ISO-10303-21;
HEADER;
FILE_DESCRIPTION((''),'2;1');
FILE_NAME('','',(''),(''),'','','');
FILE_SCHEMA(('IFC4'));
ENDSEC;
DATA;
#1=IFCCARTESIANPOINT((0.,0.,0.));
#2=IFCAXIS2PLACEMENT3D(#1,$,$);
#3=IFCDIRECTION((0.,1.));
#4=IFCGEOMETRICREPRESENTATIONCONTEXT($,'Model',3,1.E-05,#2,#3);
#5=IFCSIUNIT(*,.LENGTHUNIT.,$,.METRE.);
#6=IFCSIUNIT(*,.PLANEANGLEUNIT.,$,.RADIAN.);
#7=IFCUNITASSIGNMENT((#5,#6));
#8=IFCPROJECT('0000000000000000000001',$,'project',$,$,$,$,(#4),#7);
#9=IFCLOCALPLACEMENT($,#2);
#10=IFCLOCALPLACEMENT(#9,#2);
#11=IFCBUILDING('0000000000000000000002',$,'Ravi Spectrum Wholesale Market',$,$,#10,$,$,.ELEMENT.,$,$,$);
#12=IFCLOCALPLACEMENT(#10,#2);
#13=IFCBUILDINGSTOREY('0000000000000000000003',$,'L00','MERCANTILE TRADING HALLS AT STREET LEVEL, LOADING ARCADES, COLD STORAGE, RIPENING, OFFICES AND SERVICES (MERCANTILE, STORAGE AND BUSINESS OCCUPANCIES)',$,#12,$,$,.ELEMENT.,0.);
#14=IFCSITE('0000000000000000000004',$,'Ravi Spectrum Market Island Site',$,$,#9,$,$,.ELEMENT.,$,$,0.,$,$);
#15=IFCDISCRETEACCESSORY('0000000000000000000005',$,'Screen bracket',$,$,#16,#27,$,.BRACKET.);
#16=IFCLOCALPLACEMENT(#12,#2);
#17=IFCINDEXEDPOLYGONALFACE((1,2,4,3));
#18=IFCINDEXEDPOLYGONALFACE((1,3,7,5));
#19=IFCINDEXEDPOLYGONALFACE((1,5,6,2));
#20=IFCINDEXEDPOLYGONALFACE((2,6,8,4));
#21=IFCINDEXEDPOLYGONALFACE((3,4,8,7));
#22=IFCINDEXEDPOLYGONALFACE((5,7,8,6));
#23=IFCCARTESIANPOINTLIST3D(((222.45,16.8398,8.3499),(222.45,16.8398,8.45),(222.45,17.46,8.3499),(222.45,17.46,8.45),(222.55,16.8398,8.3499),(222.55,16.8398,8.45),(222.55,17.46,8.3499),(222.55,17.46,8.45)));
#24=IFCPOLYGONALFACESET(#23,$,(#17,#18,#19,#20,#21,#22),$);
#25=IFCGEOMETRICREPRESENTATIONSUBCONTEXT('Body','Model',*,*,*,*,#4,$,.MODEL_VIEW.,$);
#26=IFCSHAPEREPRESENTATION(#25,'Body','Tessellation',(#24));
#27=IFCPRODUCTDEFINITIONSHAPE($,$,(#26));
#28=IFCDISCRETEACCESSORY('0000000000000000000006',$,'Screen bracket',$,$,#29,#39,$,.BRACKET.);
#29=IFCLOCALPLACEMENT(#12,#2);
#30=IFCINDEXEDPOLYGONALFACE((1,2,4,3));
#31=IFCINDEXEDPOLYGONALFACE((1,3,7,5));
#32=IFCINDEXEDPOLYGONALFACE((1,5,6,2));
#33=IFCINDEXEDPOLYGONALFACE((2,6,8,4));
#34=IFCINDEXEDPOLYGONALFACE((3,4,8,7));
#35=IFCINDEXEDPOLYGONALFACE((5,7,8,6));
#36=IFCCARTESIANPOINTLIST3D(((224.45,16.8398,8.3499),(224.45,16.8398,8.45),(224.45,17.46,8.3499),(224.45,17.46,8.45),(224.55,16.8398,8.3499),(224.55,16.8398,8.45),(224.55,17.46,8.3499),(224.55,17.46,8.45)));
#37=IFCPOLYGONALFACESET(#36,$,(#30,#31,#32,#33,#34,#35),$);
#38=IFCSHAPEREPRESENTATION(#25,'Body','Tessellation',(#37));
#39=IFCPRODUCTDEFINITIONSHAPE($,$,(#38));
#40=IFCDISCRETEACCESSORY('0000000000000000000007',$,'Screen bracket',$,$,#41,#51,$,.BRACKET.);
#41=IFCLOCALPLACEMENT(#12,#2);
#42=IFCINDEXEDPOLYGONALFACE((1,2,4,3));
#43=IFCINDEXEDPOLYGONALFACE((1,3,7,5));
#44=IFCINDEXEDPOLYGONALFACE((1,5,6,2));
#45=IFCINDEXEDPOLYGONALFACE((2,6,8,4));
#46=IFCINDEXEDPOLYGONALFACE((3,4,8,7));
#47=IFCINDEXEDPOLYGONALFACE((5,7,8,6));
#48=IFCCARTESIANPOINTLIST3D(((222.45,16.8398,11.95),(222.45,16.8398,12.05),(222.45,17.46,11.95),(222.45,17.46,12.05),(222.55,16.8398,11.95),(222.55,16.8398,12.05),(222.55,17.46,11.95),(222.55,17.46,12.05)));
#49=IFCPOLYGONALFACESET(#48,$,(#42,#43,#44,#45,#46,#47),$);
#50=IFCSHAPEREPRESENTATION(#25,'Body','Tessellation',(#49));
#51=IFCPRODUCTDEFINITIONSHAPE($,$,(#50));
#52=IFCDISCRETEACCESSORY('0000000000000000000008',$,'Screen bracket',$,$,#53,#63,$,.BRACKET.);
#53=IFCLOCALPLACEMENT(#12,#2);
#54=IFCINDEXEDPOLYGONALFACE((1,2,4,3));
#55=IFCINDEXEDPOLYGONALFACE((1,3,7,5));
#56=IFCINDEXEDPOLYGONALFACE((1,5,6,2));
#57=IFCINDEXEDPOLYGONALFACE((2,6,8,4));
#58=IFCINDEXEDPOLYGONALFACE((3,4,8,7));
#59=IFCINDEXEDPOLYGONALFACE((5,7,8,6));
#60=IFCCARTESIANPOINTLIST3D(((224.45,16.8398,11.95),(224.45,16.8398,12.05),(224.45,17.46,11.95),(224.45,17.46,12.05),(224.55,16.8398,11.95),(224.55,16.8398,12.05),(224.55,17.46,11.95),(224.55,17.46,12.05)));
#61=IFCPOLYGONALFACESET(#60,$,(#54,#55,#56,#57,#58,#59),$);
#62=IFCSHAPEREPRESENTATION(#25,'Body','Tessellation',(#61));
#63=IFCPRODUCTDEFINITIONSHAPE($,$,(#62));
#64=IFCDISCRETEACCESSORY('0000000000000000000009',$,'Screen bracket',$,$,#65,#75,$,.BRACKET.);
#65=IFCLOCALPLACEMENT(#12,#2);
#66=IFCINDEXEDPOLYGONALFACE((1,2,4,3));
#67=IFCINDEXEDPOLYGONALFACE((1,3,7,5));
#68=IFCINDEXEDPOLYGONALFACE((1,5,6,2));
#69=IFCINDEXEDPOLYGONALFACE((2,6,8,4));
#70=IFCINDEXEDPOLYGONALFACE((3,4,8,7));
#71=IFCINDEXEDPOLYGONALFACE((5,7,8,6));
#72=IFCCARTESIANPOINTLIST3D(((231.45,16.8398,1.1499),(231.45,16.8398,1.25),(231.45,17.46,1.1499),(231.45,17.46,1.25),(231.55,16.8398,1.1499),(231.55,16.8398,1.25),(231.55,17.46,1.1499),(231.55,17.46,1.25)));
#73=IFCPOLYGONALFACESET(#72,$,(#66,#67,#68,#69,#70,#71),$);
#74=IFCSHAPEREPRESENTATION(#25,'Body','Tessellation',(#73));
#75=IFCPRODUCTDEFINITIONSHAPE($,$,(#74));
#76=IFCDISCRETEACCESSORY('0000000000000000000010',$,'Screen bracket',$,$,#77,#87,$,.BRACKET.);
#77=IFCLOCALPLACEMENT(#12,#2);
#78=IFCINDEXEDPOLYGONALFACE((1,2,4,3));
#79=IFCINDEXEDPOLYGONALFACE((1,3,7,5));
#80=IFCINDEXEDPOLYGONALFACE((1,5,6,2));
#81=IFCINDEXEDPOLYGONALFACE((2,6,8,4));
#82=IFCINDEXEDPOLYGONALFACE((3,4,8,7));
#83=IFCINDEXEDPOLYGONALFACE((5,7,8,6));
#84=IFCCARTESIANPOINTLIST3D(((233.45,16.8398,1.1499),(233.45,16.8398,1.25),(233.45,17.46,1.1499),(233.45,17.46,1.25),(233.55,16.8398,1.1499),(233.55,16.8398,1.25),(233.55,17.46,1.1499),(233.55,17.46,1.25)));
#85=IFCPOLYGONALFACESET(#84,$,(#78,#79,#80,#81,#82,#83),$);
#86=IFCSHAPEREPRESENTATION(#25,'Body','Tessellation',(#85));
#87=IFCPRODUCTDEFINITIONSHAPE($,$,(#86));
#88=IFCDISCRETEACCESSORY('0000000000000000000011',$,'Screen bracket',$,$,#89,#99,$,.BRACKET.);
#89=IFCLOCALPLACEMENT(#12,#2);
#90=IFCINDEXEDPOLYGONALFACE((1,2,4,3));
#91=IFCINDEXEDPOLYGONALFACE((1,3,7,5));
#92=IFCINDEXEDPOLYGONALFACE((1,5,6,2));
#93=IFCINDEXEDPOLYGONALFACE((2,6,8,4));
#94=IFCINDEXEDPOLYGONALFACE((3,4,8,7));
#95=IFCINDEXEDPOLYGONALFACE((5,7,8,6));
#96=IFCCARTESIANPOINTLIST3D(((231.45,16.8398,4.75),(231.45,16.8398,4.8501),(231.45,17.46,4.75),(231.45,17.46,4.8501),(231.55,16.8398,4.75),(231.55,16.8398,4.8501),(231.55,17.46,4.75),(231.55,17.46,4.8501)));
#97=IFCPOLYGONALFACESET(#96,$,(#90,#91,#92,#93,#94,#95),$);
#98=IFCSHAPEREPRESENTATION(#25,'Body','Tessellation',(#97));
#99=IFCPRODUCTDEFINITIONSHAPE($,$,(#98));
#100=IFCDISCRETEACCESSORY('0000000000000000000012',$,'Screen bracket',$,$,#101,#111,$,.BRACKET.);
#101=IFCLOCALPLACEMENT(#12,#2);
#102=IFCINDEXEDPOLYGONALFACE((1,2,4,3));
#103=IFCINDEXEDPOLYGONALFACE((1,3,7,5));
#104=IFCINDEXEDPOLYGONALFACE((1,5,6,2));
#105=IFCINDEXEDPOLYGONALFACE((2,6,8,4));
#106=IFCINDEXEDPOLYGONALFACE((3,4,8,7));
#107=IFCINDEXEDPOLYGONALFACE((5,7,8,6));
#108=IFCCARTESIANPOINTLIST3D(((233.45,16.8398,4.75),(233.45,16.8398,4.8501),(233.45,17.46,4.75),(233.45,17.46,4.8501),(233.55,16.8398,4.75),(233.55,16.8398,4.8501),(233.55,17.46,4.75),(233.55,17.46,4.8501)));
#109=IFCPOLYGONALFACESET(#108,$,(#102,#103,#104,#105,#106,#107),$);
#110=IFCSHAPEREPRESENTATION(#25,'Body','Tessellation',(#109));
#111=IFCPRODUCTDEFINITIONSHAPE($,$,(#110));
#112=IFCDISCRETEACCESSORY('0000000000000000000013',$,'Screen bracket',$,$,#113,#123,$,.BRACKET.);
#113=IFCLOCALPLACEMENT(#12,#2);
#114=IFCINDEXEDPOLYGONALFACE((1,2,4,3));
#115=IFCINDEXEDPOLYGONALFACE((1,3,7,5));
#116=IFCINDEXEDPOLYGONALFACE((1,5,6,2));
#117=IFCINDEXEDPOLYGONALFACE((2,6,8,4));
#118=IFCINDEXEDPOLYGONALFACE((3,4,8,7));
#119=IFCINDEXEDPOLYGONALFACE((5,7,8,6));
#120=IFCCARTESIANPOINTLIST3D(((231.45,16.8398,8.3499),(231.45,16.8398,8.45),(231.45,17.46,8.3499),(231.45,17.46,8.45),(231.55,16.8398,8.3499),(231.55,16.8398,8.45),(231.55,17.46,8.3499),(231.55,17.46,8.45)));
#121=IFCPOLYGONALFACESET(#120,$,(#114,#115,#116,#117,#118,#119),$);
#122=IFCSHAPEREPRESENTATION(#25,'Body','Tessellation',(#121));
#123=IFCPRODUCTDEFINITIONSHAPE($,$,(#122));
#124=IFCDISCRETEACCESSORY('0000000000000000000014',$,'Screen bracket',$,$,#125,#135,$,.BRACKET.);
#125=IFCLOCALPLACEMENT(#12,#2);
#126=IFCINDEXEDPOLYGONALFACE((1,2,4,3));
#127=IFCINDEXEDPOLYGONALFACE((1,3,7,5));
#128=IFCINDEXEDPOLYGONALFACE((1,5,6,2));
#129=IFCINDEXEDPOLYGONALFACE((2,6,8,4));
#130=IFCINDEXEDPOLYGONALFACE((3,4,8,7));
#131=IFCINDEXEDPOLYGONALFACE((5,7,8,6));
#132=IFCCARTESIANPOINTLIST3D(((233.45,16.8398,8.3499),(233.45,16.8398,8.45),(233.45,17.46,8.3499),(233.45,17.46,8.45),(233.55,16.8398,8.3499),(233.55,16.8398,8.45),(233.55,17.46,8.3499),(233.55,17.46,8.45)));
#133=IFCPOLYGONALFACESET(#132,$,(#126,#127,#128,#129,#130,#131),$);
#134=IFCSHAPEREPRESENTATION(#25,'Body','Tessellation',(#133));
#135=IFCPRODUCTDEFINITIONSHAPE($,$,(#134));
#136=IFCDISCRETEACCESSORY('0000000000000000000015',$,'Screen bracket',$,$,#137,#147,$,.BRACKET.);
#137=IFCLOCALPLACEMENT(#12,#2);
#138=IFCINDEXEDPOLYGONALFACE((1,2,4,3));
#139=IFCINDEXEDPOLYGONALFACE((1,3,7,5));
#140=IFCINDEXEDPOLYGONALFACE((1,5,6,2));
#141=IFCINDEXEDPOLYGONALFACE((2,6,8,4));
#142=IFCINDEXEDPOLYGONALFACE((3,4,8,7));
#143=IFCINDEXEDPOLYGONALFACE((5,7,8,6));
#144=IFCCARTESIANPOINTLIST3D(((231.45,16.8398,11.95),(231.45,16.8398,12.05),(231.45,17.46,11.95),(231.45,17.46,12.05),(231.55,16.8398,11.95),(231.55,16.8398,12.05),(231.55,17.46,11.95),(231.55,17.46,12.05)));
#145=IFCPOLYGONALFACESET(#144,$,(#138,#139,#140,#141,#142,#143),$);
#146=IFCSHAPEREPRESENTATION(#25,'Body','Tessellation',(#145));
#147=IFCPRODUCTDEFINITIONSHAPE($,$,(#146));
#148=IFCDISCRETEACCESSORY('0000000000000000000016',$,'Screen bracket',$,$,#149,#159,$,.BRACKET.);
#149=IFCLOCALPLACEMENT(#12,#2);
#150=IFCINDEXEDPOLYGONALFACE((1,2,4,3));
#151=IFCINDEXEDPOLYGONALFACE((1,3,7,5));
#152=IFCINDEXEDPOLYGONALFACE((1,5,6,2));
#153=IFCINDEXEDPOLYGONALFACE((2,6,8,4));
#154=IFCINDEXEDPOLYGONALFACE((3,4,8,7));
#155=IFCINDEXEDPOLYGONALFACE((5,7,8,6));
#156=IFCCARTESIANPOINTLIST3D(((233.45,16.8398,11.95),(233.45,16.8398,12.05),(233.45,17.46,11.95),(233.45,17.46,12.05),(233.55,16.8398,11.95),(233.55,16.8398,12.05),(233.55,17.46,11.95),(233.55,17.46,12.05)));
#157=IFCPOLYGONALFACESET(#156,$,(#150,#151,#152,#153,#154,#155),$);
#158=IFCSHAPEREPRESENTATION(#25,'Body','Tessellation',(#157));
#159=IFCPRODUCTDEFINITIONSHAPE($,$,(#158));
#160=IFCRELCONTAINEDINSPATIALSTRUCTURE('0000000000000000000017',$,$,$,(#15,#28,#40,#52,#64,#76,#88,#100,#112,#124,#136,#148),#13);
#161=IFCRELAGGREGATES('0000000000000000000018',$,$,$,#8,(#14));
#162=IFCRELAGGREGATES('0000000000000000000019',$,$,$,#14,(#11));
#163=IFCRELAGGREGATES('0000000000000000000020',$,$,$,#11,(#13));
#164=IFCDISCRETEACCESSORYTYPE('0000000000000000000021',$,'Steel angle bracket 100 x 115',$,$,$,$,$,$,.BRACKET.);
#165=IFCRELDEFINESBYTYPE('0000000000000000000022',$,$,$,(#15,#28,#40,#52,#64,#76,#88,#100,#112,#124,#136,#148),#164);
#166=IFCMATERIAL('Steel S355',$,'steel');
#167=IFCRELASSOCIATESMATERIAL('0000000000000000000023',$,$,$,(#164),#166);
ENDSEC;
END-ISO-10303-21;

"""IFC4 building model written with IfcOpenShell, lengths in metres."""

from ifc_helpers import new_model, si_unit, direction, frame, origin, origin_2d, place, context, subcontext, project, spatial, rectangle, extrude, material, type_object, element, save


model = new_model("IFC4")

# Units and contexts
model_context = context("Model", 3, precision=1e-05, world=origin(), true_north=direction((0.0, 1.0)))
body_context = subcontext(model_context, "Body", "Model", "MODEL_VIEW")
ifc_project = project(units=[si_unit("LENGTHUNIT", "METRE"), si_unit("PLANEANGLEUNIT", "RADIAN")], contexts=[model_context])

# Site, building, storey
site_placement = place(None, origin())
site = spatial("IfcSite", under=ifc_project, at=site_placement, Name="Ravi Spectrum Market Island Site", CompositionType="ELEMENT", RefElevation=0.0)
building_placement = place(site_placement, origin())
building = spatial("IfcBuilding", under=site, at=building_placement, Name="Ravi Spectrum Wholesale Market", CompositionType="ELEMENT")
storey_placement = place(building_placement, origin())
storey = spatial("IfcBuildingStorey", under=building, at=storey_placement, Name="L00", Description="MERCANTILE TRADING HALLS AT STREET LEVEL, LOADING ARCADES, COLD STORAGE, RIPENING, OFFICES AND SERVICES (MERCANTILE, STORAGE AND BUSINESS OCCUPANCIES)", CompositionType="ELEMENT", Elevation=0.0)

# Discrete accessories
ifc_material_1 = material(Name="Steel S355", Category="steel")
discrete_accessory_type_1 = type_object("IfcDiscreteAccessoryType", Name="Steel angle bracket 100 x 115", PredefinedType="BRACKET", material=ifc_material_1)
for number, where, z_axis, x_axis, name in (
    (1, (222.5, 17.1499, 8.3499), (0.0, 0.0, 1.0), (1.0, 0.0, 0.0), "Screen bracket"),
    (2, (224.5, 17.1499, 8.3499), (0.0, 0.0, 1.0), (1.0, 0.0, 0.0), "Screen bracket"),
    (3, (222.5, 17.1499, 11.95), (0.0, 0.0, 1.0), (1.0, 0.0, 0.0), "Screen bracket"),
    (4, (224.5, 17.1499, 11.95), (0.0, 0.0, 1.0), (1.0, 0.0, 0.0), "Screen bracket"),
    (5, (231.5, 17.1499, 1.1499), (0.0, 0.0, 1.0), (1.0, 0.0, 0.0), "Screen bracket"),
    (6, (233.5, 17.1499, 1.1499), (0.0, 0.0, 1.0), (1.0, 0.0, 0.0), "Screen bracket"),
    (7, (231.5, 17.1499, 4.75), (0.0, 0.0, 1.0), (1.0, 0.0, 0.0), "Screen bracket"),
    (8, (233.5, 17.1499, 4.75), (0.0, 0.0, 1.0), (1.0, 0.0, 0.0), "Screen bracket"),
    (9, (231.5, 17.1499, 8.3499), (0.0, 0.0, 1.0), (1.0, 0.0, 0.0), "Screen bracket"),
    (10, (233.5, 17.1499, 8.3499), (0.0, 0.0, 1.0), (1.0, 0.0, 0.0), "Screen bracket"),
    (11, (231.5, 17.1499, 11.95), (0.0, 0.0, 1.0), (1.0, 0.0, 0.0), "Screen bracket"),
    (12, (233.5, 17.1499, 11.95), (0.0, 0.0, 1.0), (1.0, 0.0, 0.0), "Screen bracket"),
):
    element("IfcDiscreteAccessory", number, at=place(storey_placement, frame(where, z_axis=z_axis, x_axis=x_axis)), inside=storey, type_object=discrete_accessory_type_1, Name=name, PredefinedType="BRACKET", context=body_context, shape_type="SweptSolid", body=[
        extrude(rectangle(XDim=0.1001, YDim=0.6201, at=origin_2d()), origin(), (0.0, 0.0, 1.0), 0.1001),
    ])

save(model, "model.ifc")
